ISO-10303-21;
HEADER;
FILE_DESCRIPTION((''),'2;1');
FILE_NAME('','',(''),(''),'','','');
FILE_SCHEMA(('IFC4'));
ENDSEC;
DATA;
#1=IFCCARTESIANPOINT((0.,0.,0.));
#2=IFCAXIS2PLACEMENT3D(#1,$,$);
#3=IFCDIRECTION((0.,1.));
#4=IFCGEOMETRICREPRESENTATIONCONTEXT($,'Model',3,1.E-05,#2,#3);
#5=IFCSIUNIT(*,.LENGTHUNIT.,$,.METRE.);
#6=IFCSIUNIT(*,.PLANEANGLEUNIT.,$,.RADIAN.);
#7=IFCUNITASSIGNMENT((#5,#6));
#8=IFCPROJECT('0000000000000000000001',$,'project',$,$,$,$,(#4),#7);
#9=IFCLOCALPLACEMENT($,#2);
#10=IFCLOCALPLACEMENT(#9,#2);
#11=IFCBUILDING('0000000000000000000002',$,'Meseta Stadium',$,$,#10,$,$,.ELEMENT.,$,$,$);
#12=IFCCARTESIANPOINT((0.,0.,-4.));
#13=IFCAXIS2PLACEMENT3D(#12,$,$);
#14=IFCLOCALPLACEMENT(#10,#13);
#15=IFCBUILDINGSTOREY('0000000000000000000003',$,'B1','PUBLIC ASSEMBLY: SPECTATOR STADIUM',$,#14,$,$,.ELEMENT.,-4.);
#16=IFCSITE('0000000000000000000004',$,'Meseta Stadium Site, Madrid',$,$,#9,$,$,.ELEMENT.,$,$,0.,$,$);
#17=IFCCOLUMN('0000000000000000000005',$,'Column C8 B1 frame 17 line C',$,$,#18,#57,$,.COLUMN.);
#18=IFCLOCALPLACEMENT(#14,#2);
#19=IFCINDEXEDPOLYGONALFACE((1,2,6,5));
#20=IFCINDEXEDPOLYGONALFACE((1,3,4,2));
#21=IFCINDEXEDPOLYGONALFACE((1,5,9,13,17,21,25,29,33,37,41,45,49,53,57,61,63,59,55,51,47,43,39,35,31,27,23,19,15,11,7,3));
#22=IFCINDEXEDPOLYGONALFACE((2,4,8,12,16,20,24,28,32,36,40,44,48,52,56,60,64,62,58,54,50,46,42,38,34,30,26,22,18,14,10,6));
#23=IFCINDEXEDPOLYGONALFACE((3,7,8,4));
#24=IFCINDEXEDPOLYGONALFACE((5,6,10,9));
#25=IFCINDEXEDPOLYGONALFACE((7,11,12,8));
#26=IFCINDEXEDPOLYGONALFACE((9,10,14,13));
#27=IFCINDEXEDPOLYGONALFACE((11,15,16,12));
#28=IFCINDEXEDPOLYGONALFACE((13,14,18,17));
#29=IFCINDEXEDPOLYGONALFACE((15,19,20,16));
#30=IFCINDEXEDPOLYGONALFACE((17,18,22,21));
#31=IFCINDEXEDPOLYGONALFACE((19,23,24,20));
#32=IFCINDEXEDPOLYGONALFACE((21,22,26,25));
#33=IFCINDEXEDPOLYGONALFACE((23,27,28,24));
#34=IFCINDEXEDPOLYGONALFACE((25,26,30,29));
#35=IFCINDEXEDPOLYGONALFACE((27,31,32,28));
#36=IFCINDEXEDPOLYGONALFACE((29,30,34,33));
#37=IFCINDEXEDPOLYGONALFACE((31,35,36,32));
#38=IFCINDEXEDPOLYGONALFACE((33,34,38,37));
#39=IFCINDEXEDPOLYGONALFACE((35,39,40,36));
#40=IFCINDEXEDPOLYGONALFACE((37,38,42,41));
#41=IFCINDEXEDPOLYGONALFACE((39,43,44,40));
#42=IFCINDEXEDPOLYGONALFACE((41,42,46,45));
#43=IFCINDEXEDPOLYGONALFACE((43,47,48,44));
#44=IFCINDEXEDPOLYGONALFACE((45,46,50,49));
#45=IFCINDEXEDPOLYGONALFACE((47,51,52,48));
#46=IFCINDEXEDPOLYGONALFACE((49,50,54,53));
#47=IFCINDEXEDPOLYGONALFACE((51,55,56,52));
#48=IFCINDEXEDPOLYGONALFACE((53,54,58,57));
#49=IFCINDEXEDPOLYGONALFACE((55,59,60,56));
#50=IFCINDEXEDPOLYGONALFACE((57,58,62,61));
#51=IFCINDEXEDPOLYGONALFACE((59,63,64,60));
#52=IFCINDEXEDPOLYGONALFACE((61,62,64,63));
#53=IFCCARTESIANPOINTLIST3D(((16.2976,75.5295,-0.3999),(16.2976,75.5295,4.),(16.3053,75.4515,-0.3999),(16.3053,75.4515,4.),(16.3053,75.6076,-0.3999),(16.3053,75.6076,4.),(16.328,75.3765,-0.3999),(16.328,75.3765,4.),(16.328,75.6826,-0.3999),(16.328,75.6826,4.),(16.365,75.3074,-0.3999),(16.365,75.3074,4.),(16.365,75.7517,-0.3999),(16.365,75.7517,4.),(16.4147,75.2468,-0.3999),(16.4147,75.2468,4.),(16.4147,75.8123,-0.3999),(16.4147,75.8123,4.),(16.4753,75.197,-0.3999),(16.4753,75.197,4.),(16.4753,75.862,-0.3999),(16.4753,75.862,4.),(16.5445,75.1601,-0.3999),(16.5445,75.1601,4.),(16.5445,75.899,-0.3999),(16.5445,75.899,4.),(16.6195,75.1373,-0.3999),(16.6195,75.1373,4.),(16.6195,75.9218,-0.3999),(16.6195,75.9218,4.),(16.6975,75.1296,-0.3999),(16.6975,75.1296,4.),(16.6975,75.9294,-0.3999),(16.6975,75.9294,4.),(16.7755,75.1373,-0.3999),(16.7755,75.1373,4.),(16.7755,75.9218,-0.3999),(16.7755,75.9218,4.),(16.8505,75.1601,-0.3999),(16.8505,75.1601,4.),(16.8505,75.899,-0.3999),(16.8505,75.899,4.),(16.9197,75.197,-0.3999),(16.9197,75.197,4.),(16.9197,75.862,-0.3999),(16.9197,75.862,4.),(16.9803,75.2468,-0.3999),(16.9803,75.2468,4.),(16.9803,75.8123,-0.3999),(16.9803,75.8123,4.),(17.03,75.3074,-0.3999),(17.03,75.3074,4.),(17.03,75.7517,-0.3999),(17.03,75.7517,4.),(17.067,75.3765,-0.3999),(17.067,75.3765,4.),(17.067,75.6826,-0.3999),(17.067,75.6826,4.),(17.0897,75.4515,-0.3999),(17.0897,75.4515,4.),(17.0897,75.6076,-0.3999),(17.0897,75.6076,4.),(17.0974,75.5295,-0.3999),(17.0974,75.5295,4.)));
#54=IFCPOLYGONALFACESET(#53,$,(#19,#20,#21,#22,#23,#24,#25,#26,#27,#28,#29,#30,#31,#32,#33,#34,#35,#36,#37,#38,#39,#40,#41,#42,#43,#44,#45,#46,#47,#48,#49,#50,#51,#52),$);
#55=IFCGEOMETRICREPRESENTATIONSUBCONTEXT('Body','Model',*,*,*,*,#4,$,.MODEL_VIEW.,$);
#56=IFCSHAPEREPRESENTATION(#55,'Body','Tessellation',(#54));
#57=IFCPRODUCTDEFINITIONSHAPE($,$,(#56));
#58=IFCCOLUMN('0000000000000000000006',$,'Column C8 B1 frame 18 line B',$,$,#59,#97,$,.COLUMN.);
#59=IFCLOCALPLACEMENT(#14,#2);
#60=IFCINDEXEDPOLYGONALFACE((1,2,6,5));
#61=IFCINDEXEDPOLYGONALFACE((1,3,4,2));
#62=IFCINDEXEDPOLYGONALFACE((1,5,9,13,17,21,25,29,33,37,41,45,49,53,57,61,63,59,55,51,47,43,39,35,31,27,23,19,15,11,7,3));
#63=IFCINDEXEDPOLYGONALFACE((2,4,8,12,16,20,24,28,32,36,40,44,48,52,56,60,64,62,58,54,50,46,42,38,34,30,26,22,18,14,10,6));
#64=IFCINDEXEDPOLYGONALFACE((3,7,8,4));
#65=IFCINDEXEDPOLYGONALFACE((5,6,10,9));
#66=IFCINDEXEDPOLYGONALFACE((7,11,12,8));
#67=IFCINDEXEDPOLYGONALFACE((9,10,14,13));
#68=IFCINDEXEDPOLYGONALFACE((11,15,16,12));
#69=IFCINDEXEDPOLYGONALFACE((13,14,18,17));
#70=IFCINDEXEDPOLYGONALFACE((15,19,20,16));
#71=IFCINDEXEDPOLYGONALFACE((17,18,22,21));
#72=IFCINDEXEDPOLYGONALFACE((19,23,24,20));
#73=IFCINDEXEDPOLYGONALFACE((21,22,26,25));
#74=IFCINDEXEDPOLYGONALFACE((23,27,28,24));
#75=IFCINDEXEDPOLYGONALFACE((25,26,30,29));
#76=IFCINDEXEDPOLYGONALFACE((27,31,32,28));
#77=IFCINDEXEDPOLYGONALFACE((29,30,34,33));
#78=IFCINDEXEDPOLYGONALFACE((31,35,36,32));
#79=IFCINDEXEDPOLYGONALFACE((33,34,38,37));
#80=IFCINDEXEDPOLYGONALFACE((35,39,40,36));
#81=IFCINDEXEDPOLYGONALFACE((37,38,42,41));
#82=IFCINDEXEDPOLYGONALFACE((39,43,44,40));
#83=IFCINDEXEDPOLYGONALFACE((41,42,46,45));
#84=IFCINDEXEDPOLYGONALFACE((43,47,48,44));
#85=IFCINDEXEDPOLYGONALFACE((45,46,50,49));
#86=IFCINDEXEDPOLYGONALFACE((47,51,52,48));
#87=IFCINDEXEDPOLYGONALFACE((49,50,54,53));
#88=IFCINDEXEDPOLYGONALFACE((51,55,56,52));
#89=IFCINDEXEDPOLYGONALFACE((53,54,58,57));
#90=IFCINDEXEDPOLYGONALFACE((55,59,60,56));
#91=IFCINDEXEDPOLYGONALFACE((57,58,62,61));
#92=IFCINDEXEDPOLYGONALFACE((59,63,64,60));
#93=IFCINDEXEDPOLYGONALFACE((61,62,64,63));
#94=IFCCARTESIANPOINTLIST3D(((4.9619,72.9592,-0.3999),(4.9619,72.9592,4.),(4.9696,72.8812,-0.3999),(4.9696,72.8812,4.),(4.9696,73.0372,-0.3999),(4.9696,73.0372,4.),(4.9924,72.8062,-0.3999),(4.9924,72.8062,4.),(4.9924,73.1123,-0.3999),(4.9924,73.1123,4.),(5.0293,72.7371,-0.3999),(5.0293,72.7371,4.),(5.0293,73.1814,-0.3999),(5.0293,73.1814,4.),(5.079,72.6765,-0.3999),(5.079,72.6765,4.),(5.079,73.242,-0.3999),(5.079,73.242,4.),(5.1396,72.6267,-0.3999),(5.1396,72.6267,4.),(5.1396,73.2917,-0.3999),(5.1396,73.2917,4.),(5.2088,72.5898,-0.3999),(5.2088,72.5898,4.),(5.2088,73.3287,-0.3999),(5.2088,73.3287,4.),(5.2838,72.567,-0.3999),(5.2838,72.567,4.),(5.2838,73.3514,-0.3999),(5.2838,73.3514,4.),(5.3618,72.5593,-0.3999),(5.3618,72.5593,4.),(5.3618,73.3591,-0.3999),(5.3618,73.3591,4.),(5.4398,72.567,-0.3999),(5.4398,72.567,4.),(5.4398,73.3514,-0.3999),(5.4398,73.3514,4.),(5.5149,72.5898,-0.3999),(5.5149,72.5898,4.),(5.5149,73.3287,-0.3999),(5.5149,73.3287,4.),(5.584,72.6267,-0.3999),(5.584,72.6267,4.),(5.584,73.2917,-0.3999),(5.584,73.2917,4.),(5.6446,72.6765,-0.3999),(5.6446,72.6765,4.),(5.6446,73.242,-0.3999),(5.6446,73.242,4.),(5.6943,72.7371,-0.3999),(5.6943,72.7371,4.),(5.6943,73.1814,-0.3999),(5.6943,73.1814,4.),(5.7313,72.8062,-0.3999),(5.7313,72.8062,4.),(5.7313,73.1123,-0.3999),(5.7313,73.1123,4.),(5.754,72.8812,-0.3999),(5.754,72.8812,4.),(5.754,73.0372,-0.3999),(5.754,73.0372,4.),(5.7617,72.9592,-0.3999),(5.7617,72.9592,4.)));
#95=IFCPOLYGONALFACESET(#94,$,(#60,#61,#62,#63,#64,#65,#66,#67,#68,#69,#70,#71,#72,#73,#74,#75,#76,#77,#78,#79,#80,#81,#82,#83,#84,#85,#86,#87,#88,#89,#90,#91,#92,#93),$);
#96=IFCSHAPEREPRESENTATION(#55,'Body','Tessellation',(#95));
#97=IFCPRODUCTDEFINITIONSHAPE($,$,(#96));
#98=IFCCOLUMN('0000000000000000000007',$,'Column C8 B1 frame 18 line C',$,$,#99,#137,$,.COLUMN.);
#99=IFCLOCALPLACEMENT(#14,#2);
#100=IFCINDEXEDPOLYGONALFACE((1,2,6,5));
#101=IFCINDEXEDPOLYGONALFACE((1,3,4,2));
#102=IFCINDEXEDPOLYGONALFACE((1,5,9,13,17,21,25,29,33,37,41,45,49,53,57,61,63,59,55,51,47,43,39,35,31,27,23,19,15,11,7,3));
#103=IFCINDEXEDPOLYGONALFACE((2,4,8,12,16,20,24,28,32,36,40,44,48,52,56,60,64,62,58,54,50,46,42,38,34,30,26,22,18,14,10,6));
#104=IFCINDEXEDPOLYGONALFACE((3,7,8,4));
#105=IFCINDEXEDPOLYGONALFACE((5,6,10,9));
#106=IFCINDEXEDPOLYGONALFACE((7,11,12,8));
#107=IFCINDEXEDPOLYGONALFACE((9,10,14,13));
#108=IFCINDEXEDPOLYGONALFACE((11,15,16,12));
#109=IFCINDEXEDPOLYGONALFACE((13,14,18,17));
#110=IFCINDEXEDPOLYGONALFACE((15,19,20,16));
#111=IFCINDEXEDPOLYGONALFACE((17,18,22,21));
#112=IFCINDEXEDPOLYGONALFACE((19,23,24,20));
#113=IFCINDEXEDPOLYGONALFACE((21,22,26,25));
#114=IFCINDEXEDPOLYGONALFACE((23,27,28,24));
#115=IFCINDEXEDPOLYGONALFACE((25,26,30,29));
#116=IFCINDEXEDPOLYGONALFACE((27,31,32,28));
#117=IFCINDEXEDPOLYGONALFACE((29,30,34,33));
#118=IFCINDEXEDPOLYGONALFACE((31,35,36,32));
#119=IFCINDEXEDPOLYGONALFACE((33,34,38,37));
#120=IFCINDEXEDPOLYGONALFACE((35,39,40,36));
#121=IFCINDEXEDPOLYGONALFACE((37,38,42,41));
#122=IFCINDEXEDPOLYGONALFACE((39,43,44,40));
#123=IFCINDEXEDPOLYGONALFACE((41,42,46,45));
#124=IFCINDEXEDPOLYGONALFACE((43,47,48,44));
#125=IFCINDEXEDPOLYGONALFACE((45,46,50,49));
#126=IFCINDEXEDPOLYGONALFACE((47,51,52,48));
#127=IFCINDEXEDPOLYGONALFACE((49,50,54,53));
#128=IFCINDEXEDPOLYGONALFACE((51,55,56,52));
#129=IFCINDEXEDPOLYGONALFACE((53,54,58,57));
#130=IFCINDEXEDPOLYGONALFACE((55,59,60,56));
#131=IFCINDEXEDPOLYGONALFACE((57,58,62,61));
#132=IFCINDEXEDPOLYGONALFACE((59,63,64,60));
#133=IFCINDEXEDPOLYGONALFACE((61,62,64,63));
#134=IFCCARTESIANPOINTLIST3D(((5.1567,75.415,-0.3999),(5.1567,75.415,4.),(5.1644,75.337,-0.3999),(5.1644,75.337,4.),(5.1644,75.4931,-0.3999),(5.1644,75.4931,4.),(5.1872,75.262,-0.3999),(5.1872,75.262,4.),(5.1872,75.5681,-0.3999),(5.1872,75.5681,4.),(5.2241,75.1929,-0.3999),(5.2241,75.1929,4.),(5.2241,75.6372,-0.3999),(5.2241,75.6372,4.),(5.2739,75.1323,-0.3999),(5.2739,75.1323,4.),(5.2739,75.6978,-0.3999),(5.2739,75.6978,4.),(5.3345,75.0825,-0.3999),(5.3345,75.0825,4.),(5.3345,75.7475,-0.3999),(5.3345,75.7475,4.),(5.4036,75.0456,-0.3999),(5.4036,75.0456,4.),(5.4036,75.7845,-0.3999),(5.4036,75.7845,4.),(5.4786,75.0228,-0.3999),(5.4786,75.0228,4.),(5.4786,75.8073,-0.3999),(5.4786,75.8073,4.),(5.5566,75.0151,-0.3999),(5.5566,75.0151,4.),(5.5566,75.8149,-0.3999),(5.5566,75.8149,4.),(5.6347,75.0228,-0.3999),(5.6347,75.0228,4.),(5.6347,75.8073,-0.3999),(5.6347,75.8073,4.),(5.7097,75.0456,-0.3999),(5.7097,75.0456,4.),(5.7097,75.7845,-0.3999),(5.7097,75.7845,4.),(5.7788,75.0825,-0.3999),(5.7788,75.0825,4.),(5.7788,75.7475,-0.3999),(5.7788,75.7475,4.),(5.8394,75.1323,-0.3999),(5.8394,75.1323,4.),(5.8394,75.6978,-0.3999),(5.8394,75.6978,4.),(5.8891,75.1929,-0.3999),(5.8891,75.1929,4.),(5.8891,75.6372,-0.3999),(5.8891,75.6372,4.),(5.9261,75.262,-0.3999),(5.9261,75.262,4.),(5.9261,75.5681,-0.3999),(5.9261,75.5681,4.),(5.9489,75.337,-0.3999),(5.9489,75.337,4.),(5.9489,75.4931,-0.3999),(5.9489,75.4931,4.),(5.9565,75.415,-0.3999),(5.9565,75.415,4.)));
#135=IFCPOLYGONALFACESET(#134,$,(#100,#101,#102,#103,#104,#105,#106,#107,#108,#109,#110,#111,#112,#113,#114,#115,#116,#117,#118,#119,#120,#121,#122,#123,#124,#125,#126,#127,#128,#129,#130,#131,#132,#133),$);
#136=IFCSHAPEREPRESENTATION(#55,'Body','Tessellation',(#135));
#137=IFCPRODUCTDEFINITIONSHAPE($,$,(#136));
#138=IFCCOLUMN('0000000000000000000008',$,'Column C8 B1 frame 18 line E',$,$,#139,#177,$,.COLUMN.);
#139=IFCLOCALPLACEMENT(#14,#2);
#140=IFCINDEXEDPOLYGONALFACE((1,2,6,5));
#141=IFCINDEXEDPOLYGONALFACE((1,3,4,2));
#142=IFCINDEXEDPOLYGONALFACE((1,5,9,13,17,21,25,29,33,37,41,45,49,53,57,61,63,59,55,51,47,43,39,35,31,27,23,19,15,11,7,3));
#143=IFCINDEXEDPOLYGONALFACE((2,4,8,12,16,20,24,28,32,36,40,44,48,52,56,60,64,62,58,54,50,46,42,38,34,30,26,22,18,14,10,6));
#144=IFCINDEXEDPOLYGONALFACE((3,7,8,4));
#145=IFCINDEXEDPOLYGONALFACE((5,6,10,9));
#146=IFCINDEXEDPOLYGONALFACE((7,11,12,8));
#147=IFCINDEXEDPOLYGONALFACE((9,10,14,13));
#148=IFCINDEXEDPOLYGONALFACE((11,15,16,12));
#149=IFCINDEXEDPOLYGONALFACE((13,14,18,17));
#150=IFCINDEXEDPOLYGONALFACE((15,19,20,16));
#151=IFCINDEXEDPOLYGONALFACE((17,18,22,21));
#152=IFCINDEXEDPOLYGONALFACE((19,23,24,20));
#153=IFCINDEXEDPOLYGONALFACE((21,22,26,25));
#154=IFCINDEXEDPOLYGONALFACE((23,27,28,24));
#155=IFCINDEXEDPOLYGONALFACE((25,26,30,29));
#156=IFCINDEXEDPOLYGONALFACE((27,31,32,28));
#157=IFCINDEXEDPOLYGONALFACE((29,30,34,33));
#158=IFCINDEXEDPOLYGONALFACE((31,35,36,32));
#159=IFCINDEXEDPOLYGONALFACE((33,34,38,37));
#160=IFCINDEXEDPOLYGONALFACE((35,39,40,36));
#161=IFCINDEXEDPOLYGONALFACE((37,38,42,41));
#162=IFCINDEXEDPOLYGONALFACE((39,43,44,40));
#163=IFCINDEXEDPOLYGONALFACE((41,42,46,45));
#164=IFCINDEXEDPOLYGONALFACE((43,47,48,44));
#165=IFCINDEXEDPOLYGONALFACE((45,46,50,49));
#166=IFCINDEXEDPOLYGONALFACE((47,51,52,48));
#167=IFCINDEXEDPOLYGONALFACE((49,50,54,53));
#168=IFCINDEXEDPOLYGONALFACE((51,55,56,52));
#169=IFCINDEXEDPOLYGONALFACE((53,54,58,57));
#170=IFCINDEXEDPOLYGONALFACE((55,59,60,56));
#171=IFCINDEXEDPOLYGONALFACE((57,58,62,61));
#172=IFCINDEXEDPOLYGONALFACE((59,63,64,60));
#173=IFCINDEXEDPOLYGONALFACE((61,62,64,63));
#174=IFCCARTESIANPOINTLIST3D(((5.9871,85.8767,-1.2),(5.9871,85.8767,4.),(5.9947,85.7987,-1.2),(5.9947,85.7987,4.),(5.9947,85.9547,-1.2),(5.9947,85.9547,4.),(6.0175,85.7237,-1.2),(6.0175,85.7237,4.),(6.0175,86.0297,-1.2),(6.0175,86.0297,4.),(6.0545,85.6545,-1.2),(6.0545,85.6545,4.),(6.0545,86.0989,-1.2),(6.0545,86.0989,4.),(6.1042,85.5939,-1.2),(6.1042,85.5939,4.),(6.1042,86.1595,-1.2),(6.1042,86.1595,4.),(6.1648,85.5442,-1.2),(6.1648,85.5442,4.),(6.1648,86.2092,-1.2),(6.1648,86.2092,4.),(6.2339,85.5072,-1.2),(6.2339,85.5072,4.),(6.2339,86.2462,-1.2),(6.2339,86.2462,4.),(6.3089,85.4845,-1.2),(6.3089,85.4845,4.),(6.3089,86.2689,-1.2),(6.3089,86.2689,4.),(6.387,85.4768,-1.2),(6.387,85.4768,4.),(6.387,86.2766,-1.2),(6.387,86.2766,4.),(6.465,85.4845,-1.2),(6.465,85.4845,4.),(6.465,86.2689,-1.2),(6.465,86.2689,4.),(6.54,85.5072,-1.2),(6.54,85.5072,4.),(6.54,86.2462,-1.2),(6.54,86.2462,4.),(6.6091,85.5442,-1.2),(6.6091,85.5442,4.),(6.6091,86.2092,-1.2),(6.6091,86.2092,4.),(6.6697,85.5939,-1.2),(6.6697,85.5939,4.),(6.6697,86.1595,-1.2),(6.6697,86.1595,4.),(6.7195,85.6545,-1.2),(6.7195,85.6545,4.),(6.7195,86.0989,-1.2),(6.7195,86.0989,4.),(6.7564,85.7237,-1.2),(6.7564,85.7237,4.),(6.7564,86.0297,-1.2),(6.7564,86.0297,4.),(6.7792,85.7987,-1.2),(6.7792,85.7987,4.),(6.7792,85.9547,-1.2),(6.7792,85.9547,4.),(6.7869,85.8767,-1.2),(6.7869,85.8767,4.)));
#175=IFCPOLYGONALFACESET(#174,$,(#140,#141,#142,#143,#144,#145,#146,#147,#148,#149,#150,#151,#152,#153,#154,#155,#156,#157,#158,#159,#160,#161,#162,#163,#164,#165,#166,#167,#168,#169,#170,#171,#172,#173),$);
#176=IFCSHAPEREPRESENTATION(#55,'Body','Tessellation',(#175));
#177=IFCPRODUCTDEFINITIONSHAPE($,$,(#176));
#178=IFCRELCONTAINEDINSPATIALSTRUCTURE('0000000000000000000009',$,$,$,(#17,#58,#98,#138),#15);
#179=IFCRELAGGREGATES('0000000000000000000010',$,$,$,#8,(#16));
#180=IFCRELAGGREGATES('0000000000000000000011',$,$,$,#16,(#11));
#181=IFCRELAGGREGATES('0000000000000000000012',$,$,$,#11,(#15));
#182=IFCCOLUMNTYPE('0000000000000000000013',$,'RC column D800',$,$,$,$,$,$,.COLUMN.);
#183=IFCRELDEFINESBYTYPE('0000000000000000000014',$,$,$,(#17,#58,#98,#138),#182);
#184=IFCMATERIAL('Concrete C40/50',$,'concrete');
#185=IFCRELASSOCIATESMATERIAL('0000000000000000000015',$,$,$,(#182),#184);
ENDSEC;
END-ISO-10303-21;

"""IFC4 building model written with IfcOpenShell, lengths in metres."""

from ifc_helpers import new_model, si_unit, direction, frame, origin, origin_2d, place, context, subcontext, project, spatial, circle, extrude, material, material_profile, profile_set, type_object, element, save


model = new_model("IFC4")

# Units and contexts
model_context = context("Model", 3, precision=1e-05, world=origin(), true_north=direction((0.0, 1.0)))
body_context = subcontext(model_context, "Body", "Model", "MODEL_VIEW")
ifc_project = project(units=[si_unit("LENGTHUNIT", "METRE"), si_unit("PLANEANGLEUNIT", "RADIAN")], contexts=[model_context])

# Site, building, storey
site_placement = place(None, origin())
site = spatial("IfcSite", under=ifc_project, at=site_placement, Name="Meseta Stadium Site, Madrid", CompositionType="ELEMENT", RefElevation=0.0)
building_placement = place(site_placement, origin())
building = spatial("IfcBuilding", under=site, at=building_placement, Name="Meseta Stadium", CompositionType="ELEMENT")
storey_placement = place(building_placement, frame((0.0, 0.0, -4.0)))
storey = spatial("IfcBuildingStorey", under=building, at=storey_placement, Name="B1", Description="PUBLIC ASSEMBLY: SPECTATOR STADIUM", CompositionType="ELEMENT", Elevation=-4.0)

# Columns
ifc_material_1 = material(Name="Concrete C40/50", Category="concrete")
ifc_material_profile_1 = material_profile(ifc_material_1, circle(Radius=0.3999, at=origin_2d()), Name="RC D800")
ifc_profile_set_1 = profile_set([ifc_material_profile_1], Name="Concrete C40/50")
column_type_1 = type_object("IfcColumnType", Name="RC column D800", PredefinedType="COLUMN", material=ifc_profile_set_1)
for number, where, z_axis, x_axis, name in (
    (1, (16.6975, 75.5295, -0.3999), (0.0, 0.0, 1.0), (1.0, 0.0, 0.0), "Column C8 B1 frame 17 line C"),
    (2, (5.3618, 72.9592, -0.3999), (0.0, 0.0, 1.0), (1.0, 0.0, 0.0), "Column C8 B1 frame 18 line B"),
    (3, (5.5566, 75.415, -0.3999), (0.0, 0.0, 1.0), (1.0, 0.0, 0.0), "Column C8 B1 frame 18 line C"),
):
    element("IfcColumn", number, at=place(storey_placement, frame(where, z_axis=z_axis, x_axis=x_axis)), inside=storey, type_object=column_type_1, Name=name, PredefinedType="COLUMN", context=body_context, shape_type="SweptSolid", body=[
        extrude(circle(Radius=0.3999, at=origin_2d()), origin(), (0.0, 0.0, 1.0), 4.3999),
    ])
column_1_placement = place(storey_placement, frame((6.387, 85.8767, -1.2), z_axis=(0.0, 0.0, 1.0), x_axis=(1.0, 0.0, 0.0)))
element("IfcColumn", 4, at=column_1_placement, inside=storey, type_object=column_type_1, Name="Column C8 B1 frame 18 line E", PredefinedType="COLUMN", context=body_context, shape_type="SweptSolid", body=[
    extrude(circle(Radius=0.3999, at=origin_2d()), origin(), (0.0, 0.0, 1.0), 5.2),
])

save(model, "model.ifc")
